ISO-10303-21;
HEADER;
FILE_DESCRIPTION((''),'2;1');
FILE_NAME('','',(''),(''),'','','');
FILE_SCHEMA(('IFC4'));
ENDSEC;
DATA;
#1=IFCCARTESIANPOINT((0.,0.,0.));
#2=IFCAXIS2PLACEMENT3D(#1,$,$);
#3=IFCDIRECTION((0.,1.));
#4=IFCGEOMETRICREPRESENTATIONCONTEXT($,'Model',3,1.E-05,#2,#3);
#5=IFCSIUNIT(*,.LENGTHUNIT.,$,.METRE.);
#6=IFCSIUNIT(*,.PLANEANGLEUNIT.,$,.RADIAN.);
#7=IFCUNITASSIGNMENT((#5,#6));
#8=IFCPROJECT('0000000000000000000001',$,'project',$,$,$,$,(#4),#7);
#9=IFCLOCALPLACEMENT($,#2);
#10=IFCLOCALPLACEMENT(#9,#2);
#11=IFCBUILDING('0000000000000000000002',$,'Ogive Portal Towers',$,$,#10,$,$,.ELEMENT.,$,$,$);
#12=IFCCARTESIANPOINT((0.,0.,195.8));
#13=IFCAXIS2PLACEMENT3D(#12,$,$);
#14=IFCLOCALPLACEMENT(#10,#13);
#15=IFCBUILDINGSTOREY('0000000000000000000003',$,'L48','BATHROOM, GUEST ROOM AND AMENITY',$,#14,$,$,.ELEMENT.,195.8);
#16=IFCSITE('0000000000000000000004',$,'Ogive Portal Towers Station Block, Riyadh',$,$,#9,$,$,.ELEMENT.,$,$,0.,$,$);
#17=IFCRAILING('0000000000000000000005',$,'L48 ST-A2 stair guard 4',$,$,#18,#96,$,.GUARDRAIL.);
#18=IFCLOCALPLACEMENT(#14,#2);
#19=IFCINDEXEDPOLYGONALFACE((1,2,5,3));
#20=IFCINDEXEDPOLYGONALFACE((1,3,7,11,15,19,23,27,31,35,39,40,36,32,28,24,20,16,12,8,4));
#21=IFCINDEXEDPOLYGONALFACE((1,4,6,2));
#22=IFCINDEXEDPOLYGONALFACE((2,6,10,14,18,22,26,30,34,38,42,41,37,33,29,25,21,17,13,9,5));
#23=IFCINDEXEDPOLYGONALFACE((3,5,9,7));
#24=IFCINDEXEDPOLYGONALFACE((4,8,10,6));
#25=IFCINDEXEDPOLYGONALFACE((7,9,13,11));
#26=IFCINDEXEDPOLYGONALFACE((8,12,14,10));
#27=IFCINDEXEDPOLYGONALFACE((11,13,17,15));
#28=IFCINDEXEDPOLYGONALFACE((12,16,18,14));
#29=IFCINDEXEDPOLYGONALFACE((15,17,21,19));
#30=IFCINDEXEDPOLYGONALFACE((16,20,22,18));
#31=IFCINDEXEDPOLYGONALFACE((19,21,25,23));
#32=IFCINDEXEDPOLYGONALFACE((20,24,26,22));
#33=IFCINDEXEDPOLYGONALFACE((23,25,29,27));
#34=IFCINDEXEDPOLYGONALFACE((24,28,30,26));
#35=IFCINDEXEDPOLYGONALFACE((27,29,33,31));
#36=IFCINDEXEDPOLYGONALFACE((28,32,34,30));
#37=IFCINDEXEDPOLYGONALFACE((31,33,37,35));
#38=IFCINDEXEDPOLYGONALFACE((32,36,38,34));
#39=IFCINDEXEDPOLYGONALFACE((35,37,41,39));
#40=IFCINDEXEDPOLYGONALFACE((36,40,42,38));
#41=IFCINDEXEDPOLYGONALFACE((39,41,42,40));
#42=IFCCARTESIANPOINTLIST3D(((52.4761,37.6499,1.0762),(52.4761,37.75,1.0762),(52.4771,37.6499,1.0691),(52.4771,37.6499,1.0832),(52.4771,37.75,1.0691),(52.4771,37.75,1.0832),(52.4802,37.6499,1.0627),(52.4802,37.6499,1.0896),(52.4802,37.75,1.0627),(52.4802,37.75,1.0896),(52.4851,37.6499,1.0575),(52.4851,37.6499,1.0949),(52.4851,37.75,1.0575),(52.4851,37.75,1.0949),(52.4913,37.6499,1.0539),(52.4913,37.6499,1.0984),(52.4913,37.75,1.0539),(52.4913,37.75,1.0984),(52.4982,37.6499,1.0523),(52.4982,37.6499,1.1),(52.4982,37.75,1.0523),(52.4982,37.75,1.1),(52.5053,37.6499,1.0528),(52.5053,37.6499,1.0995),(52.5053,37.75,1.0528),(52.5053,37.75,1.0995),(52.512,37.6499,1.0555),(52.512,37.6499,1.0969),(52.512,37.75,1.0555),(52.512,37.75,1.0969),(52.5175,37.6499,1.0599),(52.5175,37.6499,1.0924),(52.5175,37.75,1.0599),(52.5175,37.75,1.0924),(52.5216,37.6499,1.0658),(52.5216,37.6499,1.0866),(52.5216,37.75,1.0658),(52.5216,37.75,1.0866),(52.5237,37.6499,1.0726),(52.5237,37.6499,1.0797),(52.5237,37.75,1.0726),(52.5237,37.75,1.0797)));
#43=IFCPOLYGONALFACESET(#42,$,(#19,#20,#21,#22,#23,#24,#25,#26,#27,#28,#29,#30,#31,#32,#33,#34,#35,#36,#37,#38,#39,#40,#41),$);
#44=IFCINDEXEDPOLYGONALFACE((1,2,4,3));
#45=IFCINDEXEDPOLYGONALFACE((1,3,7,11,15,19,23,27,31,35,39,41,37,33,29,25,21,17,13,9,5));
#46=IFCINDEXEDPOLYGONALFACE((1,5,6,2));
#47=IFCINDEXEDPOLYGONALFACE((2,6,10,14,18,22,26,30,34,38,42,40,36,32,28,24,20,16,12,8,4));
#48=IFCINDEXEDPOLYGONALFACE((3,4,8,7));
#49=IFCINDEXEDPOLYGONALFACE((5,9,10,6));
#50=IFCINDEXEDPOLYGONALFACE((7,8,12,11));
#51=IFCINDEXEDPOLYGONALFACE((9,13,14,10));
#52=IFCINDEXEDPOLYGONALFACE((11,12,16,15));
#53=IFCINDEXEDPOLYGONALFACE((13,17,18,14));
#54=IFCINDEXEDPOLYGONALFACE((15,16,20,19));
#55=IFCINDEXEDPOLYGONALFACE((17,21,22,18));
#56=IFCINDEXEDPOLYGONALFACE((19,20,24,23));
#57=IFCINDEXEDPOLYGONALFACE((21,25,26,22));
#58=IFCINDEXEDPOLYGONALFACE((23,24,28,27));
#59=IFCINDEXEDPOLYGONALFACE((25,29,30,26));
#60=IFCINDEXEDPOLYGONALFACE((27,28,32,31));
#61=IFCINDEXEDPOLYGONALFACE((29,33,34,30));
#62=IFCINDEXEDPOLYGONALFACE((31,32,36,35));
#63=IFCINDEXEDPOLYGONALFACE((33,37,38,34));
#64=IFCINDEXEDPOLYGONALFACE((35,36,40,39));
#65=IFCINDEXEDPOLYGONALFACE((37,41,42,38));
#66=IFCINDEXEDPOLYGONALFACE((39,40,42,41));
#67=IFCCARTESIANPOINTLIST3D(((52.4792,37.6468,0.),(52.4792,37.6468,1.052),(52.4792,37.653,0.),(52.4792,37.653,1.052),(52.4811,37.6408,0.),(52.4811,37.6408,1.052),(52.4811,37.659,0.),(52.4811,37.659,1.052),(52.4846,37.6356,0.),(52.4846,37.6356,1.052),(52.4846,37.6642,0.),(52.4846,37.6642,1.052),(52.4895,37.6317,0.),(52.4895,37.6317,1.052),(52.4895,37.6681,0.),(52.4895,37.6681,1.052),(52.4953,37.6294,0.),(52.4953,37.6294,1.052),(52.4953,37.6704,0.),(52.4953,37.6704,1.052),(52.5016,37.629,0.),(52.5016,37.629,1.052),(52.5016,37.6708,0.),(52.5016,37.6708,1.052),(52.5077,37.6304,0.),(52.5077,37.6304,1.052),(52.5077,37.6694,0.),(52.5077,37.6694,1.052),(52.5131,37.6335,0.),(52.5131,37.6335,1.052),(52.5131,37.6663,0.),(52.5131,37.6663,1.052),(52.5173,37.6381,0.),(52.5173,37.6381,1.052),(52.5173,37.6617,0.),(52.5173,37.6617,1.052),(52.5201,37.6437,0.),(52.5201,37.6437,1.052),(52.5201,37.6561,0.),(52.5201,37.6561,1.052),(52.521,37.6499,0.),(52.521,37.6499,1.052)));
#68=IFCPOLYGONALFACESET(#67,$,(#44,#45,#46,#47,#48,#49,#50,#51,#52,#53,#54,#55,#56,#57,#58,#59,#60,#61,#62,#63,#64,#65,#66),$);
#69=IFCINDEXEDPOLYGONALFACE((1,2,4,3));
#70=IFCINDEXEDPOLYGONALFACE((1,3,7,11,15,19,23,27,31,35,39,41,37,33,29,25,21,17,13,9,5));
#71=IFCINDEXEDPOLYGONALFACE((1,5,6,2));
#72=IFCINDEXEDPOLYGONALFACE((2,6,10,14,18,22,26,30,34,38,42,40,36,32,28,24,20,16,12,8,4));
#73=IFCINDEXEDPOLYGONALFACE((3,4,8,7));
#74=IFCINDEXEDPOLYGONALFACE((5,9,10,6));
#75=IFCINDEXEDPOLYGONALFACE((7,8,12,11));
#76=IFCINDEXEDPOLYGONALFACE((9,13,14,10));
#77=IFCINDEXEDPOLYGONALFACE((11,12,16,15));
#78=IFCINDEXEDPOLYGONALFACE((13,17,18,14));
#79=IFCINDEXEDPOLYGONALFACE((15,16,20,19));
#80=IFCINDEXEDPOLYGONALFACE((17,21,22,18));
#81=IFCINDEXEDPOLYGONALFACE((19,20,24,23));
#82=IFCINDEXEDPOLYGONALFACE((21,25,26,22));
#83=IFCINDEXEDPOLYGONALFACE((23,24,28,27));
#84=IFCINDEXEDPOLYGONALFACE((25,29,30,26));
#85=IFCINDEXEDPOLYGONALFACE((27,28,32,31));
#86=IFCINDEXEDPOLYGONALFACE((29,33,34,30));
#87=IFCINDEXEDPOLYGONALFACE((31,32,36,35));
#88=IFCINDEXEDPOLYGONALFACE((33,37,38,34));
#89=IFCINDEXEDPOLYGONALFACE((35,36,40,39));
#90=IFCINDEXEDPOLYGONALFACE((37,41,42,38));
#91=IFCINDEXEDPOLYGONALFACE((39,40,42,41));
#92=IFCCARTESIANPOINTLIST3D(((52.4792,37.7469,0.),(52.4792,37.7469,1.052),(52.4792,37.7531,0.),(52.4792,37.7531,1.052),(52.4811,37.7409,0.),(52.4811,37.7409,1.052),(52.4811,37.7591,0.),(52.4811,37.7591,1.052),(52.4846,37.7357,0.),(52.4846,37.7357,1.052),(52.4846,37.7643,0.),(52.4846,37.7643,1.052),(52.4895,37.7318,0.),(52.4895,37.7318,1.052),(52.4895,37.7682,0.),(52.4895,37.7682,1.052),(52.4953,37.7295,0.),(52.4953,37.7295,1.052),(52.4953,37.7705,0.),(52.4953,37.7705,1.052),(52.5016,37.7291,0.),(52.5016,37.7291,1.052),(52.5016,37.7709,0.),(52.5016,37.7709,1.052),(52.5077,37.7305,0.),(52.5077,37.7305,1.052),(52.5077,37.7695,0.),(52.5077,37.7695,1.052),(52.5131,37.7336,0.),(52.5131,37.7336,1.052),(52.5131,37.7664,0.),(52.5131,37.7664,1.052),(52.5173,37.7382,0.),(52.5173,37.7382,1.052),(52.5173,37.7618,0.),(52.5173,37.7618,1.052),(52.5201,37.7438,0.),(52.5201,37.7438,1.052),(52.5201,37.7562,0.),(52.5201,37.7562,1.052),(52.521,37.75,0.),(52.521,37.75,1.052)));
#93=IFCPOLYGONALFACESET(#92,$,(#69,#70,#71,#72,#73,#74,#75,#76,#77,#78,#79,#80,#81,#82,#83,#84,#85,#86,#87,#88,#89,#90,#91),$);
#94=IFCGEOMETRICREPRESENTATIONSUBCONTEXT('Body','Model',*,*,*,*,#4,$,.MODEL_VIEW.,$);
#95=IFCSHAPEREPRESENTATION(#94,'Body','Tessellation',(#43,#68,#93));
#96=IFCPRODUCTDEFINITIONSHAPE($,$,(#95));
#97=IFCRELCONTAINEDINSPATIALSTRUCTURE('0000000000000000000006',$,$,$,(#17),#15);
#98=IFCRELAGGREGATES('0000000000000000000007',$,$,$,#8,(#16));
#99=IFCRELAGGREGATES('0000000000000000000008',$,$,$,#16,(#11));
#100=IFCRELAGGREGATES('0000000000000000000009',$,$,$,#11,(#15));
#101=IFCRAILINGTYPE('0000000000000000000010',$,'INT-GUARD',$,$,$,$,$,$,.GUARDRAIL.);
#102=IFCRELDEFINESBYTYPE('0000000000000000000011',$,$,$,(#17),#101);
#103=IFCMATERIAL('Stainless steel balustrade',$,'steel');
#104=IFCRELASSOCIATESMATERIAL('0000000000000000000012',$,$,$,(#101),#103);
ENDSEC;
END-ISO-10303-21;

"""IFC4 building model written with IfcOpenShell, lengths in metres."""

from ifc_helpers import new_model, si_unit, direction, frame, origin, origin_2d, place, context, subcontext, project, spatial, circle, extrude, material, type_object, element, save


model = new_model("IFC4")

# Units and contexts
model_context = context("Model", 3, precision=1e-05, world=origin(), true_north=direction((0.0, 1.0)))
body_context = subcontext(model_context, "Body", "Model", "MODEL_VIEW")
ifc_project = project(units=[si_unit("LENGTHUNIT", "METRE"), si_unit("PLANEANGLEUNIT", "RADIAN")], contexts=[model_context])

# Site, building, storey
site_placement = place(None, origin())
site = spatial("IfcSite", under=ifc_project, at=site_placement, Name="Ogive Portal Towers Station Block, Riyadh", CompositionType="ELEMENT", RefElevation=0.0)
building_placement = place(site_placement, origin())
building = spatial("IfcBuilding", under=site, at=building_placement, Name="Ogive Portal Towers", CompositionType="ELEMENT")
storey_placement = place(building_placement, frame((0.0, 0.0, 195.8)))
storey = spatial("IfcBuildingStorey", under=building, at=storey_placement, Name="L48", Description="BATHROOM, GUEST ROOM AND AMENITY", CompositionType="ELEMENT", Elevation=195.8)

# Railing
ifc_material_1 = material(Name="Stainless steel balustrade", Category="steel")
railing_type_1 = type_object("IfcRailingType", Name="INT-GUARD", PredefinedType="GUARDRAIL", material=ifc_material_1)
railing_1_placement = place(storey_placement, frame((52.5, 37.6499, 0.0)))
element("IfcRailing", 1, at=railing_1_placement, inside=storey, type_object=railing_type_1, Name="L48 ST-A2 stair guard 4", PredefinedType="GUARDRAIL", context=body_context, shape_type="SweptSolid", body=[
    extrude(circle(Radius=0.0239, at=origin_2d()), frame((0.0, 0.0, 1.0762), z_axis=(0.0, 1.0, 0.0), x_axis=(-1.0, 0.0, 0.0)), (0.0, 0.0, 1.0), 0.1001),
    extrude(circle(Radius=0.021, at=origin_2d()), origin(), (0.0, 0.0, 1.0), 1.052),
    extrude(circle(Radius=0.021, at=origin_2d()), frame((0.0, 0.1001, 0.0)), (0.0, 0.0, 1.0), 1.052),
])

save(model, "model.ifc")
